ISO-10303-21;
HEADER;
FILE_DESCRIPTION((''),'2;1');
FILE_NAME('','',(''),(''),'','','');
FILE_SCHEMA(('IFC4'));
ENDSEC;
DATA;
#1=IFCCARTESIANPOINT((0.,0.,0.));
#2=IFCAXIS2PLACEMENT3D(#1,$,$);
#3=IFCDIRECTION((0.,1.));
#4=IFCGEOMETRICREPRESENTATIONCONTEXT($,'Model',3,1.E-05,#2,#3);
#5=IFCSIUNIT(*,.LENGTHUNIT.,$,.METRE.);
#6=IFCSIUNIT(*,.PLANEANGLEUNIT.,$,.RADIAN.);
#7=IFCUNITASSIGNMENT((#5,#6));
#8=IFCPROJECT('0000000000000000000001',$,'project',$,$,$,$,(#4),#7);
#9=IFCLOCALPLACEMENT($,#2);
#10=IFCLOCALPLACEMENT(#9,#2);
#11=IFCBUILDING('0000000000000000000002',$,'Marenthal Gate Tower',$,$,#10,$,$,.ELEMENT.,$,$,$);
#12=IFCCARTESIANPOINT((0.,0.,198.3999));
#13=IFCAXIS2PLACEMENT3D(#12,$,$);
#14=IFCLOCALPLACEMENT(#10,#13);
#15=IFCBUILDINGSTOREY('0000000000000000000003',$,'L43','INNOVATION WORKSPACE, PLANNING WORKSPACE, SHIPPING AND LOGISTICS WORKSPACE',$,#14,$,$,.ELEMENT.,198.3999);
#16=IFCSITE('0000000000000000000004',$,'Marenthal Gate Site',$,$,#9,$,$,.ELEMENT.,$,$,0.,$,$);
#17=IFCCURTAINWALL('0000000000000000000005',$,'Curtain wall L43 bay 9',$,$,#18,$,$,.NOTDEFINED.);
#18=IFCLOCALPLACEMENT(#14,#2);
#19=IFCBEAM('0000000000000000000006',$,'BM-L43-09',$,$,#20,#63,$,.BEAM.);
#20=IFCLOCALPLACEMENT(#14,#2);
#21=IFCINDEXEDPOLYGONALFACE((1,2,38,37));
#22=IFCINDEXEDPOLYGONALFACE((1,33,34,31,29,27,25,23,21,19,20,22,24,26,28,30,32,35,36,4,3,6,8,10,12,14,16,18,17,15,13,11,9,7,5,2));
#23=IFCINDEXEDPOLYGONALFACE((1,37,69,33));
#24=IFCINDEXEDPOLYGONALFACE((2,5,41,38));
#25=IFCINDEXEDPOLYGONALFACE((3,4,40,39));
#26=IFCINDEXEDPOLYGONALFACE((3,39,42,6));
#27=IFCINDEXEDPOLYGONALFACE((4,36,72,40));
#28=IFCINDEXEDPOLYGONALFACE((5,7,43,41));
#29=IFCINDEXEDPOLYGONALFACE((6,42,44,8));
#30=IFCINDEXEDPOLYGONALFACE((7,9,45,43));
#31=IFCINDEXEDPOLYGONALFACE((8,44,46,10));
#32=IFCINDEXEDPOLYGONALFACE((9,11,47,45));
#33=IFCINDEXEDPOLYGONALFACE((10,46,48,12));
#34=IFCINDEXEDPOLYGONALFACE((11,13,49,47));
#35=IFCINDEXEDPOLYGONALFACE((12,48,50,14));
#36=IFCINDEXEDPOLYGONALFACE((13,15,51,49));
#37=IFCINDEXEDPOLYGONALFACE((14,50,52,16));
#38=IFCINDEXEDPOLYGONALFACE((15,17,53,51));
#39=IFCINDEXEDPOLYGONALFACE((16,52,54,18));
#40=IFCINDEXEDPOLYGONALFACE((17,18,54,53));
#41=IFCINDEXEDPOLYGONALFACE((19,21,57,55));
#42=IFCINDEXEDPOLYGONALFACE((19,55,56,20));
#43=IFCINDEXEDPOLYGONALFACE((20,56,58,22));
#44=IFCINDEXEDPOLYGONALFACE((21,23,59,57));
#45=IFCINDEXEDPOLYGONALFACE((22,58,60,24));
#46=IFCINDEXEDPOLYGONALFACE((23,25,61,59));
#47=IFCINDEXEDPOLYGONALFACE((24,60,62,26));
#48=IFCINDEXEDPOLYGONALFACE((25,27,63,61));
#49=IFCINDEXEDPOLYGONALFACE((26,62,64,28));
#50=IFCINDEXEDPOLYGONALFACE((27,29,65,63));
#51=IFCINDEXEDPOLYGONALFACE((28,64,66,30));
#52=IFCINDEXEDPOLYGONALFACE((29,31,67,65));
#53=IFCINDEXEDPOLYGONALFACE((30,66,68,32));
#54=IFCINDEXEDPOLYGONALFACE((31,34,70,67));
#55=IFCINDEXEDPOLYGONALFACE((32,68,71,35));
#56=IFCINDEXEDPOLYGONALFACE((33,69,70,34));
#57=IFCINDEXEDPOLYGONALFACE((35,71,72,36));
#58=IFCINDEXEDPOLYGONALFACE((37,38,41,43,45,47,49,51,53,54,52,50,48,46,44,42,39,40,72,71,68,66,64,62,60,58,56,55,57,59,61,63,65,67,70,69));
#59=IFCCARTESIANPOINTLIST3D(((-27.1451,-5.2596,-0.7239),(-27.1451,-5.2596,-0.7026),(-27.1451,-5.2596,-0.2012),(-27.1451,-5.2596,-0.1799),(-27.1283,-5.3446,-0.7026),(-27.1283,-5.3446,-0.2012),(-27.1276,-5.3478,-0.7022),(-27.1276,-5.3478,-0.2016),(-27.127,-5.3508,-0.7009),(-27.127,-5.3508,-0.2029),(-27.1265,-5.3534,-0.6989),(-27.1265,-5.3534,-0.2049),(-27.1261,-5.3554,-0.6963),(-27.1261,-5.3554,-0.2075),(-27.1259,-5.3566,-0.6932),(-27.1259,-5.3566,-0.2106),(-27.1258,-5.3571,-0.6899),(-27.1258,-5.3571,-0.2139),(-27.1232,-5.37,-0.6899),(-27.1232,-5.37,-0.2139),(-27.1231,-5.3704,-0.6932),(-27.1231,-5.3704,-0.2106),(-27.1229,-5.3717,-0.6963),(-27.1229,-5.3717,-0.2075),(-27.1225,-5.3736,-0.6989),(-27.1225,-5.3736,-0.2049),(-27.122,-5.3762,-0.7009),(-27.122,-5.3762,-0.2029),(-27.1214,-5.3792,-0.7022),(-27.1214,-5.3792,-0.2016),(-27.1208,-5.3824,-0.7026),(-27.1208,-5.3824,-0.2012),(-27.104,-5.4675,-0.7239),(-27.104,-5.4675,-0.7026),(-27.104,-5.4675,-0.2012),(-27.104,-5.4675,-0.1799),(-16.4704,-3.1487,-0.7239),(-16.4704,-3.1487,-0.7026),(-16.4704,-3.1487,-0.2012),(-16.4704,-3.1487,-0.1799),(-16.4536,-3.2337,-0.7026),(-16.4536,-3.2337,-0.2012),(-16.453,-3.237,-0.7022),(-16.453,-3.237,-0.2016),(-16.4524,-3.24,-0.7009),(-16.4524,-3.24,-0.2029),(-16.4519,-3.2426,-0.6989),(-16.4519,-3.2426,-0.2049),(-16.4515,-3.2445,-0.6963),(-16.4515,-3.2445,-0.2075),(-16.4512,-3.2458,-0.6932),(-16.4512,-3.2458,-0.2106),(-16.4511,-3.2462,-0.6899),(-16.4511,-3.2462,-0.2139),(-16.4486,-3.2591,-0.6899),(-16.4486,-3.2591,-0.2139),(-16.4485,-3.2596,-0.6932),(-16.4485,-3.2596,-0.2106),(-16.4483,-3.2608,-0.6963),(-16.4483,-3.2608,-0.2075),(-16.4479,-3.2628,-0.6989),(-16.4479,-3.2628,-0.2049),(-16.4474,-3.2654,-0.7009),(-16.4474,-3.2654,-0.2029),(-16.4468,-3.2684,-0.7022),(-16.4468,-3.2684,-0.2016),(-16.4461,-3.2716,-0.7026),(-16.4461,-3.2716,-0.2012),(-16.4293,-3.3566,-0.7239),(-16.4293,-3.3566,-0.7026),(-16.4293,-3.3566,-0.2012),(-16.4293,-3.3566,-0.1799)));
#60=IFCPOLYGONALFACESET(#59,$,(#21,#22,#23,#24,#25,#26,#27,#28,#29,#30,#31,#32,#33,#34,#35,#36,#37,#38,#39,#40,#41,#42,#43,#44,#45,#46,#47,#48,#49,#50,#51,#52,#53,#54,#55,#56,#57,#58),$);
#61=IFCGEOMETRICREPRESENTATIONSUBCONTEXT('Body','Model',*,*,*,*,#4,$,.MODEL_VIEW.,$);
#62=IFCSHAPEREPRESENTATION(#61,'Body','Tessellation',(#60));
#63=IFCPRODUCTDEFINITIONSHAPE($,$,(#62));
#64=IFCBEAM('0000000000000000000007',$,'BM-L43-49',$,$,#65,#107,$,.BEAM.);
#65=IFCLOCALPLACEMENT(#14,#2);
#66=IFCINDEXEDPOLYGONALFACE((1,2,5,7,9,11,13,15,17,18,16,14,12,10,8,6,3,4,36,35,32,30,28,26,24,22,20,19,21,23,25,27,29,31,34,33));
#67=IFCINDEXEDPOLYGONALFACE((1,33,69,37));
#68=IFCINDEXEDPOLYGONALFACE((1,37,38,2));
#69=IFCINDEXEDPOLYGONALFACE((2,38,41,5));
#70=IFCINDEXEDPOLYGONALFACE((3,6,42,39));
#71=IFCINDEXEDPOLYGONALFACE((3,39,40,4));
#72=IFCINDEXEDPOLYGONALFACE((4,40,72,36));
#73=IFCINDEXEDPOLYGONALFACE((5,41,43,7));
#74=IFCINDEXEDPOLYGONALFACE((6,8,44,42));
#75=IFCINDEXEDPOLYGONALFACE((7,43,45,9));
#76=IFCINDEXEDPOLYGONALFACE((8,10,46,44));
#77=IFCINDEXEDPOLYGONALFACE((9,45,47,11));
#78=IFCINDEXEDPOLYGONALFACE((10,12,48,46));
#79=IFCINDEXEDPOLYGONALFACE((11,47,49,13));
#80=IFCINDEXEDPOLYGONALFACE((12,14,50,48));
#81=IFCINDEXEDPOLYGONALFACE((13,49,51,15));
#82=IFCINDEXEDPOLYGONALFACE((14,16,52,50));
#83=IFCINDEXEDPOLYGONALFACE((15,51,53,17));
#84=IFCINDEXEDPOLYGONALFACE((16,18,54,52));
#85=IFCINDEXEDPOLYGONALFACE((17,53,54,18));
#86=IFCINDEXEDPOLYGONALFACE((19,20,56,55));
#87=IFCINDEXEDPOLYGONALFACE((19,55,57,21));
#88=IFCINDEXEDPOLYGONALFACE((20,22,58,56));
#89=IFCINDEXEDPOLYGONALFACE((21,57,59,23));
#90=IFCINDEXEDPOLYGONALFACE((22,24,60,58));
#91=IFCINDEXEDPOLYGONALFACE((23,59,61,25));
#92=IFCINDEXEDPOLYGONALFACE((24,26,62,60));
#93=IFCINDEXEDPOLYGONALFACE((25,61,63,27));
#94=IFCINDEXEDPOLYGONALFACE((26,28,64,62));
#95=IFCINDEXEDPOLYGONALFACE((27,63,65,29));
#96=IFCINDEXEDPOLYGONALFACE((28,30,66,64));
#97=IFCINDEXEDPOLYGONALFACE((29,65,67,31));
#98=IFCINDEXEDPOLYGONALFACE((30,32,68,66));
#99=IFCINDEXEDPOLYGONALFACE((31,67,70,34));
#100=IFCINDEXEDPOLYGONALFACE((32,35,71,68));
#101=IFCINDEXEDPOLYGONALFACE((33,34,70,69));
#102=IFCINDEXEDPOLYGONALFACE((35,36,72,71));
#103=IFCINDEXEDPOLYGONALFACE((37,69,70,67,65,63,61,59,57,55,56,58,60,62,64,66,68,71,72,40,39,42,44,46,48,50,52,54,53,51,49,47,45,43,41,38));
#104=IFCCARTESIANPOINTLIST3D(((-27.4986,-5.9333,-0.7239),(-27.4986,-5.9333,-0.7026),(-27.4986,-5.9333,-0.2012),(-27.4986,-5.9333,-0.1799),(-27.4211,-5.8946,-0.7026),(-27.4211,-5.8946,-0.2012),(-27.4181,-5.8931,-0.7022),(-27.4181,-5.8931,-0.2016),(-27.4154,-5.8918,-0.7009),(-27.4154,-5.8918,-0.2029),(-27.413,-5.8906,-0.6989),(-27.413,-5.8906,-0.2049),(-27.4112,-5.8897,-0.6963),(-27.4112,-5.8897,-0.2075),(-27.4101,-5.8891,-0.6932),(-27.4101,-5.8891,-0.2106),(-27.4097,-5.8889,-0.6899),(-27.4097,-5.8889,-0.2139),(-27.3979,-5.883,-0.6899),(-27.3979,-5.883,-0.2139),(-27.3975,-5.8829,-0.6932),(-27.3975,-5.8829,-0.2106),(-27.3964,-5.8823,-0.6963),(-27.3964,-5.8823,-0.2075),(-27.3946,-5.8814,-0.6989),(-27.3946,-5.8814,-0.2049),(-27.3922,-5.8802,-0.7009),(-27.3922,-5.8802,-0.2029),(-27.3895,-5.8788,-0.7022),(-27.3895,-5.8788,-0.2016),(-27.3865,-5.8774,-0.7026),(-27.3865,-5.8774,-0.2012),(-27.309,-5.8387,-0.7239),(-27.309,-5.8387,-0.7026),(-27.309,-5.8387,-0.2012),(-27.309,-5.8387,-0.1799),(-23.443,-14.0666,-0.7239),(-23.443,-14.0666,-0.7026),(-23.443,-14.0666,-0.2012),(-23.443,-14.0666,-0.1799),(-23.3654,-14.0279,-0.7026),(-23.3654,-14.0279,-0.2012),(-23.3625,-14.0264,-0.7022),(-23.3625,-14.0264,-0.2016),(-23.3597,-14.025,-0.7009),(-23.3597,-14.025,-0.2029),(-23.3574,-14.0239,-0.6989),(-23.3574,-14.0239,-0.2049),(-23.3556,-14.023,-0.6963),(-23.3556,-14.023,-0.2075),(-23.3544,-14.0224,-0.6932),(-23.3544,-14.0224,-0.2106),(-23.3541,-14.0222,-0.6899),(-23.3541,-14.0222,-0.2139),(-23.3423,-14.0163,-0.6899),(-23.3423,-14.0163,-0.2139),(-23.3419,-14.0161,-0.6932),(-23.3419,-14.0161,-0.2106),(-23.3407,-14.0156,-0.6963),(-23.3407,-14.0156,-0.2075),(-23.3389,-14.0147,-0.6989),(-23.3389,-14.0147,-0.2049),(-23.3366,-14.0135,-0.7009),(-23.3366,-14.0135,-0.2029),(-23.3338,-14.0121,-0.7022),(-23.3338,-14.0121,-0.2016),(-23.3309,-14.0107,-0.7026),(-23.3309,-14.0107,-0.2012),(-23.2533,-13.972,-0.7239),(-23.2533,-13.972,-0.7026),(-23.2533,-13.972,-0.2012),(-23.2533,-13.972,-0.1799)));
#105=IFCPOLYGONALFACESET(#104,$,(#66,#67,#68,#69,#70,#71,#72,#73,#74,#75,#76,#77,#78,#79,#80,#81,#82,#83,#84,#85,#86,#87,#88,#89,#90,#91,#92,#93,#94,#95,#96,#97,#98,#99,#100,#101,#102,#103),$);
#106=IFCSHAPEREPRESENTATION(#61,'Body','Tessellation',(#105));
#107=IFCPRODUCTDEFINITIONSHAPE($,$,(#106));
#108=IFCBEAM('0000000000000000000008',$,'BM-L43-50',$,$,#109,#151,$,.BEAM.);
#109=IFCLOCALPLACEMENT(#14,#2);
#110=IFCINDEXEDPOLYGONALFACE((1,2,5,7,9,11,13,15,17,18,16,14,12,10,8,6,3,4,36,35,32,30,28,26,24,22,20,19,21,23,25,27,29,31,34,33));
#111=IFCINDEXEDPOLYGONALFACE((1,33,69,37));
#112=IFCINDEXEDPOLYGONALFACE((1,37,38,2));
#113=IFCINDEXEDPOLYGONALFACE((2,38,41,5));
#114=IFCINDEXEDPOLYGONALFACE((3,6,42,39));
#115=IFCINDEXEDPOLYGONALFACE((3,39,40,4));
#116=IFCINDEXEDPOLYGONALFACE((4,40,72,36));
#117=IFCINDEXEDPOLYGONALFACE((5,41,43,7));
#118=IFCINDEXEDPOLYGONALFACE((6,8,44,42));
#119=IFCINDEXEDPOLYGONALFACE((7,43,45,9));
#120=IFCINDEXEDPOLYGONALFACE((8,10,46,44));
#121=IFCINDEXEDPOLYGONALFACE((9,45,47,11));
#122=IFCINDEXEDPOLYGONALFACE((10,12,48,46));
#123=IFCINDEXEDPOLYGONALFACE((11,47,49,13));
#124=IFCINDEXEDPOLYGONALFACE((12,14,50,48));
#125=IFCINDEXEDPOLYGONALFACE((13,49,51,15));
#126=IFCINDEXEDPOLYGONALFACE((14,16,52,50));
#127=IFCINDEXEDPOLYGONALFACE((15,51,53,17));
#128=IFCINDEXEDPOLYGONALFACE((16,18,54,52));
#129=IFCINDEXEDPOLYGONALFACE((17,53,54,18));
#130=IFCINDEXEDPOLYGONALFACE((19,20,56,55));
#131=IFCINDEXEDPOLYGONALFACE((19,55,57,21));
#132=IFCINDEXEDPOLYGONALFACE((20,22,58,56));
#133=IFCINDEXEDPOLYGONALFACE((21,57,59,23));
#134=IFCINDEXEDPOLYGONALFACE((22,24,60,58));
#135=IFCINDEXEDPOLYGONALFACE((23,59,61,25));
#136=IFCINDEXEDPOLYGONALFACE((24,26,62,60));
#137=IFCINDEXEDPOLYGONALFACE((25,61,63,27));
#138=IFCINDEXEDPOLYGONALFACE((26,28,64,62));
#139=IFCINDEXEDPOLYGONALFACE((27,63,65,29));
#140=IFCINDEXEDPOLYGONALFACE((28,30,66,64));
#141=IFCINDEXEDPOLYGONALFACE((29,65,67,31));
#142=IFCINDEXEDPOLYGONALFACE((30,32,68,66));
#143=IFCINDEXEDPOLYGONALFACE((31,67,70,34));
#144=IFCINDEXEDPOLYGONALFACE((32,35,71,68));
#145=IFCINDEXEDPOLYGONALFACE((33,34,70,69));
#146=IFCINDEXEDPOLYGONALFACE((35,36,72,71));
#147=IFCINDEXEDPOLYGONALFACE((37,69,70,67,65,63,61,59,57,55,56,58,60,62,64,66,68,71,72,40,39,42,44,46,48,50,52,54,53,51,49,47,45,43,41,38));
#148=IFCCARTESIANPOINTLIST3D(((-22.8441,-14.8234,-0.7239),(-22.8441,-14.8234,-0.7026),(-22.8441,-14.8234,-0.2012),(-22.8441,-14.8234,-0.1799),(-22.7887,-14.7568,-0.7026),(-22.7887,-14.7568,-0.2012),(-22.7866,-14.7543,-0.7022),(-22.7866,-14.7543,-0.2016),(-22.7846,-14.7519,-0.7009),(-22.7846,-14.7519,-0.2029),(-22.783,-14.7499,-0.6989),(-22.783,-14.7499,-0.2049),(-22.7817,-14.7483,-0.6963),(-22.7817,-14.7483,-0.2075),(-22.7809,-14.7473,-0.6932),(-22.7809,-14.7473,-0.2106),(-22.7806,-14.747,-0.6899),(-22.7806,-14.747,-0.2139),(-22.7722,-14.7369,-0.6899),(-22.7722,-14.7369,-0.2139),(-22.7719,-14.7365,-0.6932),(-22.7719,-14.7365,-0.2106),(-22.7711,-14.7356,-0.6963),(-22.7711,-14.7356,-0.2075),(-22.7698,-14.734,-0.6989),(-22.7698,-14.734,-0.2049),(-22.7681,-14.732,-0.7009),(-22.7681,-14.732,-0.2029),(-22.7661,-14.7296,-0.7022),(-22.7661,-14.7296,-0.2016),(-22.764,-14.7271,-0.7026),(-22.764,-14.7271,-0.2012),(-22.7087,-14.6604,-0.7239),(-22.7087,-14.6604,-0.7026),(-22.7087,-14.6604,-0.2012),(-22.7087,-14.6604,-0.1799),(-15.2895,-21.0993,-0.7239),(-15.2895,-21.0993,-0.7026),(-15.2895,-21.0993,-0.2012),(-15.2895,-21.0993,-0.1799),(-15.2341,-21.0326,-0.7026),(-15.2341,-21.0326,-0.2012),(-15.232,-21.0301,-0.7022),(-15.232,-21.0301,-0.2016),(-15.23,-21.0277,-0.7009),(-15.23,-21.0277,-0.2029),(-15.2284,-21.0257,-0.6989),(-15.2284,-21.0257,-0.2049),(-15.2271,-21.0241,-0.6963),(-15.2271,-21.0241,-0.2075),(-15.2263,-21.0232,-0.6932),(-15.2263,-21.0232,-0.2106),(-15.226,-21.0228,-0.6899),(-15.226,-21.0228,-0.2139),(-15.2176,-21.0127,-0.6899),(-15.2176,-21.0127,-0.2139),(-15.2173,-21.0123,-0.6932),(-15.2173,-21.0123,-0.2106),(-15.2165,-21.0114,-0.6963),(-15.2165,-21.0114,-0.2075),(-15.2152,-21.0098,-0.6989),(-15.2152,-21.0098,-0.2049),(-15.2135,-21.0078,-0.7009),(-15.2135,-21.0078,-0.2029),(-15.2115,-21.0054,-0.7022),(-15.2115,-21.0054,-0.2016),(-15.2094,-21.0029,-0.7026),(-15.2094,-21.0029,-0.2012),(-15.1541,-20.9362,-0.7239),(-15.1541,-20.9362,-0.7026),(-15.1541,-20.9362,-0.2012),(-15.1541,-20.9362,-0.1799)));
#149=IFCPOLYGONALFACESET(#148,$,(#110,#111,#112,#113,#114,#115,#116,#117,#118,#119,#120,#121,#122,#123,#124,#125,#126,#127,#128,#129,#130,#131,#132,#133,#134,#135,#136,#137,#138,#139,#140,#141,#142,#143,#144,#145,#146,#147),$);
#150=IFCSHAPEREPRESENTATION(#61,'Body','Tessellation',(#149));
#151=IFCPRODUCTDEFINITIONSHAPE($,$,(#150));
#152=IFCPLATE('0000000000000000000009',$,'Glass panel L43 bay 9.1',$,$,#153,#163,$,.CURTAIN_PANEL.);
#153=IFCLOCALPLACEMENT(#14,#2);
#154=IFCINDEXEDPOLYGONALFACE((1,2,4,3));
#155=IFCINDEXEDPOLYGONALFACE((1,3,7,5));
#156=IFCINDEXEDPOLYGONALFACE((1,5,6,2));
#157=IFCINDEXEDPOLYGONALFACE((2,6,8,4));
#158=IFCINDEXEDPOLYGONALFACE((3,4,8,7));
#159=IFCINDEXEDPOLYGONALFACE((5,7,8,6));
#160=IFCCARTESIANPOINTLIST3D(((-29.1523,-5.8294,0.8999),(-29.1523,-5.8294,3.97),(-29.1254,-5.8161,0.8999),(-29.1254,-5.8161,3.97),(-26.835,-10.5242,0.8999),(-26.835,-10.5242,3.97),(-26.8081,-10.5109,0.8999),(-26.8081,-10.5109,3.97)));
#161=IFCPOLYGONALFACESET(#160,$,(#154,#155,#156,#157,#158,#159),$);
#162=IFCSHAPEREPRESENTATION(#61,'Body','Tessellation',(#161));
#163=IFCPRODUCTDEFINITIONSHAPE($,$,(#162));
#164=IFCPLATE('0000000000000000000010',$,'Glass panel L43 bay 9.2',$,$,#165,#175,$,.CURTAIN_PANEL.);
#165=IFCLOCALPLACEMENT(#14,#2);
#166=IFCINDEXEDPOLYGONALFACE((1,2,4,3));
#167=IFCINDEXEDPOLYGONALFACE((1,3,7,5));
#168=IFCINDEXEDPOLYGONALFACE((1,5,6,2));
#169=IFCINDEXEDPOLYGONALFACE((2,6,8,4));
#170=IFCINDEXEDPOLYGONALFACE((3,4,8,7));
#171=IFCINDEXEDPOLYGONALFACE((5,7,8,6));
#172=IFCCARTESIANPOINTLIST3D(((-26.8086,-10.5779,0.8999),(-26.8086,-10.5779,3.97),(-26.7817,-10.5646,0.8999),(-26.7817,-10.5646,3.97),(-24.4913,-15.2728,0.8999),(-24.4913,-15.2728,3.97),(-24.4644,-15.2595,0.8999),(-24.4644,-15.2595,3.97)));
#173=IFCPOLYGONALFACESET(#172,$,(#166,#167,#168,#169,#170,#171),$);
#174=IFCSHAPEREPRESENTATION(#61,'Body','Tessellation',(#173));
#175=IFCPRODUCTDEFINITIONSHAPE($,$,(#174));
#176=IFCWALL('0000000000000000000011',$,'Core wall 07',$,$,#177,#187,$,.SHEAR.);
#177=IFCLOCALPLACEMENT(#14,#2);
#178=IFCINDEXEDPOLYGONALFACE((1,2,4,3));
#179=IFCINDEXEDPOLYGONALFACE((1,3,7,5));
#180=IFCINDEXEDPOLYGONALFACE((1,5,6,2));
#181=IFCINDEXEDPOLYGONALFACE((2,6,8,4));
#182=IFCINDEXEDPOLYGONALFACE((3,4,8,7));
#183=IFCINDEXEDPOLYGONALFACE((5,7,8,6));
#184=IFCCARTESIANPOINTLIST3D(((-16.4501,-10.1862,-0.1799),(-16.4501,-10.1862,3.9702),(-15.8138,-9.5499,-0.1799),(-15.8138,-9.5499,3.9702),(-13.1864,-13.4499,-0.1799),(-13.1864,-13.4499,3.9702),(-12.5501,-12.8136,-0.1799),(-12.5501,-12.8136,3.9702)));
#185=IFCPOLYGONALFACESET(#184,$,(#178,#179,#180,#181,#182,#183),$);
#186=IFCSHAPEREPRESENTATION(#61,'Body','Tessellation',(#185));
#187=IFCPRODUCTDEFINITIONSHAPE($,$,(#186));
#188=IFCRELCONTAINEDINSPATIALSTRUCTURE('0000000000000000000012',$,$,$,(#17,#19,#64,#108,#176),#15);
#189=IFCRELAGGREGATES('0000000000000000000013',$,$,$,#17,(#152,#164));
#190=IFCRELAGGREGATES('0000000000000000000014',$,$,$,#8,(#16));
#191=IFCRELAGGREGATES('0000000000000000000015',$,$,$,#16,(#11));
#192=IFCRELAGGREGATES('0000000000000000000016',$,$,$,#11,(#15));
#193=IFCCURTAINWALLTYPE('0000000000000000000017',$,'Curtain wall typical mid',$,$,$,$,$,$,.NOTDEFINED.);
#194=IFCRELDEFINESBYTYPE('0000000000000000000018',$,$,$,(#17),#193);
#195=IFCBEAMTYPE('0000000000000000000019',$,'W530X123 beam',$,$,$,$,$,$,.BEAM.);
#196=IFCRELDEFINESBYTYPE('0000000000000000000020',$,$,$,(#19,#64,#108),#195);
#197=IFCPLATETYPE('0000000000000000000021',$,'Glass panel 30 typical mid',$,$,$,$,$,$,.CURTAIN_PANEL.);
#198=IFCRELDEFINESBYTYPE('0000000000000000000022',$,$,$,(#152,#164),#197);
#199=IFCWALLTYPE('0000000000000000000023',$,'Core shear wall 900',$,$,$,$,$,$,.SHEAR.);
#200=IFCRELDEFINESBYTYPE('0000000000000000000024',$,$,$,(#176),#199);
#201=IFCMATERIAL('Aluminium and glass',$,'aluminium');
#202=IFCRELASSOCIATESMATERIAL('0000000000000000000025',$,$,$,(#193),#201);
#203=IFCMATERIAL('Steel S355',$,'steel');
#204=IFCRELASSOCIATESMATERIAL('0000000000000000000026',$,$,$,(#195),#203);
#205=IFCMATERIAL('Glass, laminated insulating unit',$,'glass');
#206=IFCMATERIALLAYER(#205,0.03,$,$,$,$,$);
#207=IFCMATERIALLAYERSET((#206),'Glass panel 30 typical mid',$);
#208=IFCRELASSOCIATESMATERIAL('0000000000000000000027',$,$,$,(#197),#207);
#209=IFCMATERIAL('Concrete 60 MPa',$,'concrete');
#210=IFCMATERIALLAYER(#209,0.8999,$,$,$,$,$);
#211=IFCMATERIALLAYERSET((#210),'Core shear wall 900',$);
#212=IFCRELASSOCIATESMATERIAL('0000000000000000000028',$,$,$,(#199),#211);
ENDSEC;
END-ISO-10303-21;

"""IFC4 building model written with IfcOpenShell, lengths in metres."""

from ifc_helpers import new_model, si_unit, direction, frame, frame_2d, origin, origin_2d, place, context, subcontext, project, spatial, rectangle, i_section, extrude, material, layer, layer_set, material_profile, profile_set, type_object, element, aggregate, save


model = new_model("IFC4")

# Units and contexts
model_context = context("Model", 3, precision=1e-05, world=origin(), true_north=direction((0.0, 1.0)))
body_context = subcontext(model_context, "Body", "Model", "MODEL_VIEW")
ifc_project = project(units=[si_unit("LENGTHUNIT", "METRE"), si_unit("PLANEANGLEUNIT", "RADIAN")], contexts=[model_context])

# Site, building, storey
site_placement = place(None, origin())
site = spatial("IfcSite", under=ifc_project, at=site_placement, Name="Marenthal Gate Site", CompositionType="ELEMENT", RefElevation=0.0)
building_placement = place(site_placement, origin())
building = spatial("IfcBuilding", under=site, at=building_placement, Name="Marenthal Gate Tower", CompositionType="ELEMENT")
storey_placement = place(building_placement, frame((0.0, 0.0, 198.3999)))
storey = spatial("IfcBuildingStorey", under=building, at=storey_placement, Name="L43", Description="INNOVATION WORKSPACE, PLANNING WORKSPACE, SHIPPING AND LOGISTICS WORKSPACE", CompositionType="ELEMENT", Elevation=198.3999)

# Curtain wall
ifc_material_1 = material(Name="Aluminium and glass", Category="aluminium")
curtain_wall_type = type_object("IfcCurtainWallType", Name="Curtain wall typical mid", PredefinedType="NOTDEFINED", material=ifc_material_1)
curtain_wall_1_placement = place(storey_placement, origin())
curtain_wall_1 = element("IfcCurtainWall", 1, at=curtain_wall_1_placement, inside=storey, type_object=curtain_wall_type, Name="Curtain wall L43 bay 9", PredefinedType="NOTDEFINED")

# Beams
ifc_material_2 = material(Name="Steel S355", Category="steel")
ifc_material_profile_1 = material_profile(ifc_material_2, i_section(OverallWidth=0.2119, OverallDepth=0.5439, WebThickness=0.0132, FlangeThickness=0.0212, FilletRadius=0.0127, at=origin_2d()), Name="W530X123")
ifc_profile_set_1 = profile_set([ifc_material_profile_1], Name="Steel S355")
beam_type_1 = type_object("IfcBeamType", Name="W530X123 beam", PredefinedType="BEAM", material=ifc_profile_set_1)
beam_1_placement = place(storey_placement, frame((-27.1245, -5.3635, -0.4519), z_axis=(0.981004, 0.193988, 0.0), x_axis=(-0.193988, 0.981004, 0.0)))
element("IfcBeam", 2, at=beam_1_placement, inside=storey, type_object=beam_type_1, Name="BM-L43-09", PredefinedType="BEAM", context=body_context, shape_type="SweptSolid", body=[
    extrude(i_section(OverallWidth=0.2119, OverallDepth=0.5439, WebThickness=0.0132, FlangeThickness=0.0212, FilletRadius=0.0127, at=origin_2d()), origin(), (0.0, 0.0, 1.0), 10.8813),
])
beam_2_placement = place(storey_placement, frame((-27.4038, -5.886, -0.4519), z_axis=(0.446246, -0.89491, 0.0), x_axis=(0.89491, 0.446246, 0.0)))
element("IfcBeam", 3, at=beam_2_placement, inside=storey, type_object=beam_type_1, Name="BM-L43-49", PredefinedType="BEAM", context=body_context, shape_type="SweptSolid", body=[
    extrude(i_section(OverallWidth=0.2119, OverallDepth=0.5439, WebThickness=0.0132, FlangeThickness=0.0212, FilletRadius=0.0127, at=origin_2d()), origin(), (0.0, 0.0, 1.0), 9.0884),
])
beam_3_placement = place(storey_placement, frame((-22.7764, -14.7419, -0.4519), z_axis=(0.769207, -0.639, 0.0), x_axis=(0.639, 0.769207, 0.0)))
element("IfcBeam", 4, at=beam_3_placement, inside=storey, type_object=beam_type_1, Name="BM-L43-50", PredefinedType="BEAM", context=body_context, shape_type="SweptSolid", body=[
    extrude(i_section(OverallWidth=0.2119, OverallDepth=0.5439, WebThickness=0.0132, FlangeThickness=0.0212, FilletRadius=0.0127, at=origin_2d()), origin(), (0.0, 0.0, 1.0), 9.8213),
])

# Plates
ifc_material_3 = material(Name="Glass, laminated insulating unit", Category="glass")
ifc_layer_1 = layer(ifc_material_3, 0.03)
ifc_layer_set_1 = layer_set([ifc_layer_1], Name="Glass panel 30 typical mid")
plate_type = type_object("IfcPlateType", Name="Glass panel 30 typical mid", PredefinedType="CURTAIN_PANEL", material=ifc_layer_set_1)
plate_1_placement = place(storey_placement, frame((-27.9802, -8.1702, 0.8999), z_axis=(0.0, 0.0, 1.0), x_axis=(0.442607, -0.896716, 0.0)))
plate_1 = element("IfcPlate", 5, at=plate_1_placement, type_object=plate_type, Name="Glass panel L43 bay 9.1", PredefinedType="CURTAIN_PANEL", context=body_context, shape_type="SweptSolid", body=[
    extrude(rectangle(XDim=5.2356, YDim=0.03, at=origin_2d()), origin(), (0.0, 0.0, 1.0), 3.0701),
])
plate_2_placement = place(storey_placement, frame((-25.6365, -12.9187, 0.8999), z_axis=(0.0, 0.0, 1.0), x_axis=(0.442607, -0.896716, 0.0)))
plate_2 = element("IfcPlate", 6, at=plate_2_placement, type_object=plate_type, Name="Glass panel L43 bay 9.2", PredefinedType="CURTAIN_PANEL", context=body_context, shape_type="SweptSolid", body=[
    extrude(rectangle(XDim=5.2356, YDim=0.03, at=origin_2d()), origin(), (0.0, 0.0, 1.0), 3.0701),
])
aggregate(curtain_wall_1, [plate_1, plate_2])

# Wall
ifc_material_4 = material(Name="Concrete 60 MPa", Category="concrete")
ifc_layer_2 = layer(ifc_material_4, 0.8999)
ifc_layer_set_2 = layer_set([ifc_layer_2], Name="Core shear wall 900")
wall_type_1 = type_object("IfcWallType", Name="Core shear wall 900", PredefinedType="SHEAR", material=ifc_layer_set_2)
wall_1_placement = place(storey_placement, frame((-16.1318, -9.8682, -0.1799), z_axis=(0.0, 0.0, 1.0), x_axis=(0.707107, -0.707107, 0.0)))
element("IfcWall", 7, at=wall_1_placement, inside=storey, type_object=wall_type_1, Name="Core wall 07", PredefinedType="SHEAR", context=body_context, shape_type="SweptSolid", body=[
    extrude(rectangle(XDim=4.6155, YDim=0.8999, at=frame_2d((2.3076, 0.0))), origin(), (0.0, 0.0, 1.0), 4.1501),
])

save(model, "model.ifc")
